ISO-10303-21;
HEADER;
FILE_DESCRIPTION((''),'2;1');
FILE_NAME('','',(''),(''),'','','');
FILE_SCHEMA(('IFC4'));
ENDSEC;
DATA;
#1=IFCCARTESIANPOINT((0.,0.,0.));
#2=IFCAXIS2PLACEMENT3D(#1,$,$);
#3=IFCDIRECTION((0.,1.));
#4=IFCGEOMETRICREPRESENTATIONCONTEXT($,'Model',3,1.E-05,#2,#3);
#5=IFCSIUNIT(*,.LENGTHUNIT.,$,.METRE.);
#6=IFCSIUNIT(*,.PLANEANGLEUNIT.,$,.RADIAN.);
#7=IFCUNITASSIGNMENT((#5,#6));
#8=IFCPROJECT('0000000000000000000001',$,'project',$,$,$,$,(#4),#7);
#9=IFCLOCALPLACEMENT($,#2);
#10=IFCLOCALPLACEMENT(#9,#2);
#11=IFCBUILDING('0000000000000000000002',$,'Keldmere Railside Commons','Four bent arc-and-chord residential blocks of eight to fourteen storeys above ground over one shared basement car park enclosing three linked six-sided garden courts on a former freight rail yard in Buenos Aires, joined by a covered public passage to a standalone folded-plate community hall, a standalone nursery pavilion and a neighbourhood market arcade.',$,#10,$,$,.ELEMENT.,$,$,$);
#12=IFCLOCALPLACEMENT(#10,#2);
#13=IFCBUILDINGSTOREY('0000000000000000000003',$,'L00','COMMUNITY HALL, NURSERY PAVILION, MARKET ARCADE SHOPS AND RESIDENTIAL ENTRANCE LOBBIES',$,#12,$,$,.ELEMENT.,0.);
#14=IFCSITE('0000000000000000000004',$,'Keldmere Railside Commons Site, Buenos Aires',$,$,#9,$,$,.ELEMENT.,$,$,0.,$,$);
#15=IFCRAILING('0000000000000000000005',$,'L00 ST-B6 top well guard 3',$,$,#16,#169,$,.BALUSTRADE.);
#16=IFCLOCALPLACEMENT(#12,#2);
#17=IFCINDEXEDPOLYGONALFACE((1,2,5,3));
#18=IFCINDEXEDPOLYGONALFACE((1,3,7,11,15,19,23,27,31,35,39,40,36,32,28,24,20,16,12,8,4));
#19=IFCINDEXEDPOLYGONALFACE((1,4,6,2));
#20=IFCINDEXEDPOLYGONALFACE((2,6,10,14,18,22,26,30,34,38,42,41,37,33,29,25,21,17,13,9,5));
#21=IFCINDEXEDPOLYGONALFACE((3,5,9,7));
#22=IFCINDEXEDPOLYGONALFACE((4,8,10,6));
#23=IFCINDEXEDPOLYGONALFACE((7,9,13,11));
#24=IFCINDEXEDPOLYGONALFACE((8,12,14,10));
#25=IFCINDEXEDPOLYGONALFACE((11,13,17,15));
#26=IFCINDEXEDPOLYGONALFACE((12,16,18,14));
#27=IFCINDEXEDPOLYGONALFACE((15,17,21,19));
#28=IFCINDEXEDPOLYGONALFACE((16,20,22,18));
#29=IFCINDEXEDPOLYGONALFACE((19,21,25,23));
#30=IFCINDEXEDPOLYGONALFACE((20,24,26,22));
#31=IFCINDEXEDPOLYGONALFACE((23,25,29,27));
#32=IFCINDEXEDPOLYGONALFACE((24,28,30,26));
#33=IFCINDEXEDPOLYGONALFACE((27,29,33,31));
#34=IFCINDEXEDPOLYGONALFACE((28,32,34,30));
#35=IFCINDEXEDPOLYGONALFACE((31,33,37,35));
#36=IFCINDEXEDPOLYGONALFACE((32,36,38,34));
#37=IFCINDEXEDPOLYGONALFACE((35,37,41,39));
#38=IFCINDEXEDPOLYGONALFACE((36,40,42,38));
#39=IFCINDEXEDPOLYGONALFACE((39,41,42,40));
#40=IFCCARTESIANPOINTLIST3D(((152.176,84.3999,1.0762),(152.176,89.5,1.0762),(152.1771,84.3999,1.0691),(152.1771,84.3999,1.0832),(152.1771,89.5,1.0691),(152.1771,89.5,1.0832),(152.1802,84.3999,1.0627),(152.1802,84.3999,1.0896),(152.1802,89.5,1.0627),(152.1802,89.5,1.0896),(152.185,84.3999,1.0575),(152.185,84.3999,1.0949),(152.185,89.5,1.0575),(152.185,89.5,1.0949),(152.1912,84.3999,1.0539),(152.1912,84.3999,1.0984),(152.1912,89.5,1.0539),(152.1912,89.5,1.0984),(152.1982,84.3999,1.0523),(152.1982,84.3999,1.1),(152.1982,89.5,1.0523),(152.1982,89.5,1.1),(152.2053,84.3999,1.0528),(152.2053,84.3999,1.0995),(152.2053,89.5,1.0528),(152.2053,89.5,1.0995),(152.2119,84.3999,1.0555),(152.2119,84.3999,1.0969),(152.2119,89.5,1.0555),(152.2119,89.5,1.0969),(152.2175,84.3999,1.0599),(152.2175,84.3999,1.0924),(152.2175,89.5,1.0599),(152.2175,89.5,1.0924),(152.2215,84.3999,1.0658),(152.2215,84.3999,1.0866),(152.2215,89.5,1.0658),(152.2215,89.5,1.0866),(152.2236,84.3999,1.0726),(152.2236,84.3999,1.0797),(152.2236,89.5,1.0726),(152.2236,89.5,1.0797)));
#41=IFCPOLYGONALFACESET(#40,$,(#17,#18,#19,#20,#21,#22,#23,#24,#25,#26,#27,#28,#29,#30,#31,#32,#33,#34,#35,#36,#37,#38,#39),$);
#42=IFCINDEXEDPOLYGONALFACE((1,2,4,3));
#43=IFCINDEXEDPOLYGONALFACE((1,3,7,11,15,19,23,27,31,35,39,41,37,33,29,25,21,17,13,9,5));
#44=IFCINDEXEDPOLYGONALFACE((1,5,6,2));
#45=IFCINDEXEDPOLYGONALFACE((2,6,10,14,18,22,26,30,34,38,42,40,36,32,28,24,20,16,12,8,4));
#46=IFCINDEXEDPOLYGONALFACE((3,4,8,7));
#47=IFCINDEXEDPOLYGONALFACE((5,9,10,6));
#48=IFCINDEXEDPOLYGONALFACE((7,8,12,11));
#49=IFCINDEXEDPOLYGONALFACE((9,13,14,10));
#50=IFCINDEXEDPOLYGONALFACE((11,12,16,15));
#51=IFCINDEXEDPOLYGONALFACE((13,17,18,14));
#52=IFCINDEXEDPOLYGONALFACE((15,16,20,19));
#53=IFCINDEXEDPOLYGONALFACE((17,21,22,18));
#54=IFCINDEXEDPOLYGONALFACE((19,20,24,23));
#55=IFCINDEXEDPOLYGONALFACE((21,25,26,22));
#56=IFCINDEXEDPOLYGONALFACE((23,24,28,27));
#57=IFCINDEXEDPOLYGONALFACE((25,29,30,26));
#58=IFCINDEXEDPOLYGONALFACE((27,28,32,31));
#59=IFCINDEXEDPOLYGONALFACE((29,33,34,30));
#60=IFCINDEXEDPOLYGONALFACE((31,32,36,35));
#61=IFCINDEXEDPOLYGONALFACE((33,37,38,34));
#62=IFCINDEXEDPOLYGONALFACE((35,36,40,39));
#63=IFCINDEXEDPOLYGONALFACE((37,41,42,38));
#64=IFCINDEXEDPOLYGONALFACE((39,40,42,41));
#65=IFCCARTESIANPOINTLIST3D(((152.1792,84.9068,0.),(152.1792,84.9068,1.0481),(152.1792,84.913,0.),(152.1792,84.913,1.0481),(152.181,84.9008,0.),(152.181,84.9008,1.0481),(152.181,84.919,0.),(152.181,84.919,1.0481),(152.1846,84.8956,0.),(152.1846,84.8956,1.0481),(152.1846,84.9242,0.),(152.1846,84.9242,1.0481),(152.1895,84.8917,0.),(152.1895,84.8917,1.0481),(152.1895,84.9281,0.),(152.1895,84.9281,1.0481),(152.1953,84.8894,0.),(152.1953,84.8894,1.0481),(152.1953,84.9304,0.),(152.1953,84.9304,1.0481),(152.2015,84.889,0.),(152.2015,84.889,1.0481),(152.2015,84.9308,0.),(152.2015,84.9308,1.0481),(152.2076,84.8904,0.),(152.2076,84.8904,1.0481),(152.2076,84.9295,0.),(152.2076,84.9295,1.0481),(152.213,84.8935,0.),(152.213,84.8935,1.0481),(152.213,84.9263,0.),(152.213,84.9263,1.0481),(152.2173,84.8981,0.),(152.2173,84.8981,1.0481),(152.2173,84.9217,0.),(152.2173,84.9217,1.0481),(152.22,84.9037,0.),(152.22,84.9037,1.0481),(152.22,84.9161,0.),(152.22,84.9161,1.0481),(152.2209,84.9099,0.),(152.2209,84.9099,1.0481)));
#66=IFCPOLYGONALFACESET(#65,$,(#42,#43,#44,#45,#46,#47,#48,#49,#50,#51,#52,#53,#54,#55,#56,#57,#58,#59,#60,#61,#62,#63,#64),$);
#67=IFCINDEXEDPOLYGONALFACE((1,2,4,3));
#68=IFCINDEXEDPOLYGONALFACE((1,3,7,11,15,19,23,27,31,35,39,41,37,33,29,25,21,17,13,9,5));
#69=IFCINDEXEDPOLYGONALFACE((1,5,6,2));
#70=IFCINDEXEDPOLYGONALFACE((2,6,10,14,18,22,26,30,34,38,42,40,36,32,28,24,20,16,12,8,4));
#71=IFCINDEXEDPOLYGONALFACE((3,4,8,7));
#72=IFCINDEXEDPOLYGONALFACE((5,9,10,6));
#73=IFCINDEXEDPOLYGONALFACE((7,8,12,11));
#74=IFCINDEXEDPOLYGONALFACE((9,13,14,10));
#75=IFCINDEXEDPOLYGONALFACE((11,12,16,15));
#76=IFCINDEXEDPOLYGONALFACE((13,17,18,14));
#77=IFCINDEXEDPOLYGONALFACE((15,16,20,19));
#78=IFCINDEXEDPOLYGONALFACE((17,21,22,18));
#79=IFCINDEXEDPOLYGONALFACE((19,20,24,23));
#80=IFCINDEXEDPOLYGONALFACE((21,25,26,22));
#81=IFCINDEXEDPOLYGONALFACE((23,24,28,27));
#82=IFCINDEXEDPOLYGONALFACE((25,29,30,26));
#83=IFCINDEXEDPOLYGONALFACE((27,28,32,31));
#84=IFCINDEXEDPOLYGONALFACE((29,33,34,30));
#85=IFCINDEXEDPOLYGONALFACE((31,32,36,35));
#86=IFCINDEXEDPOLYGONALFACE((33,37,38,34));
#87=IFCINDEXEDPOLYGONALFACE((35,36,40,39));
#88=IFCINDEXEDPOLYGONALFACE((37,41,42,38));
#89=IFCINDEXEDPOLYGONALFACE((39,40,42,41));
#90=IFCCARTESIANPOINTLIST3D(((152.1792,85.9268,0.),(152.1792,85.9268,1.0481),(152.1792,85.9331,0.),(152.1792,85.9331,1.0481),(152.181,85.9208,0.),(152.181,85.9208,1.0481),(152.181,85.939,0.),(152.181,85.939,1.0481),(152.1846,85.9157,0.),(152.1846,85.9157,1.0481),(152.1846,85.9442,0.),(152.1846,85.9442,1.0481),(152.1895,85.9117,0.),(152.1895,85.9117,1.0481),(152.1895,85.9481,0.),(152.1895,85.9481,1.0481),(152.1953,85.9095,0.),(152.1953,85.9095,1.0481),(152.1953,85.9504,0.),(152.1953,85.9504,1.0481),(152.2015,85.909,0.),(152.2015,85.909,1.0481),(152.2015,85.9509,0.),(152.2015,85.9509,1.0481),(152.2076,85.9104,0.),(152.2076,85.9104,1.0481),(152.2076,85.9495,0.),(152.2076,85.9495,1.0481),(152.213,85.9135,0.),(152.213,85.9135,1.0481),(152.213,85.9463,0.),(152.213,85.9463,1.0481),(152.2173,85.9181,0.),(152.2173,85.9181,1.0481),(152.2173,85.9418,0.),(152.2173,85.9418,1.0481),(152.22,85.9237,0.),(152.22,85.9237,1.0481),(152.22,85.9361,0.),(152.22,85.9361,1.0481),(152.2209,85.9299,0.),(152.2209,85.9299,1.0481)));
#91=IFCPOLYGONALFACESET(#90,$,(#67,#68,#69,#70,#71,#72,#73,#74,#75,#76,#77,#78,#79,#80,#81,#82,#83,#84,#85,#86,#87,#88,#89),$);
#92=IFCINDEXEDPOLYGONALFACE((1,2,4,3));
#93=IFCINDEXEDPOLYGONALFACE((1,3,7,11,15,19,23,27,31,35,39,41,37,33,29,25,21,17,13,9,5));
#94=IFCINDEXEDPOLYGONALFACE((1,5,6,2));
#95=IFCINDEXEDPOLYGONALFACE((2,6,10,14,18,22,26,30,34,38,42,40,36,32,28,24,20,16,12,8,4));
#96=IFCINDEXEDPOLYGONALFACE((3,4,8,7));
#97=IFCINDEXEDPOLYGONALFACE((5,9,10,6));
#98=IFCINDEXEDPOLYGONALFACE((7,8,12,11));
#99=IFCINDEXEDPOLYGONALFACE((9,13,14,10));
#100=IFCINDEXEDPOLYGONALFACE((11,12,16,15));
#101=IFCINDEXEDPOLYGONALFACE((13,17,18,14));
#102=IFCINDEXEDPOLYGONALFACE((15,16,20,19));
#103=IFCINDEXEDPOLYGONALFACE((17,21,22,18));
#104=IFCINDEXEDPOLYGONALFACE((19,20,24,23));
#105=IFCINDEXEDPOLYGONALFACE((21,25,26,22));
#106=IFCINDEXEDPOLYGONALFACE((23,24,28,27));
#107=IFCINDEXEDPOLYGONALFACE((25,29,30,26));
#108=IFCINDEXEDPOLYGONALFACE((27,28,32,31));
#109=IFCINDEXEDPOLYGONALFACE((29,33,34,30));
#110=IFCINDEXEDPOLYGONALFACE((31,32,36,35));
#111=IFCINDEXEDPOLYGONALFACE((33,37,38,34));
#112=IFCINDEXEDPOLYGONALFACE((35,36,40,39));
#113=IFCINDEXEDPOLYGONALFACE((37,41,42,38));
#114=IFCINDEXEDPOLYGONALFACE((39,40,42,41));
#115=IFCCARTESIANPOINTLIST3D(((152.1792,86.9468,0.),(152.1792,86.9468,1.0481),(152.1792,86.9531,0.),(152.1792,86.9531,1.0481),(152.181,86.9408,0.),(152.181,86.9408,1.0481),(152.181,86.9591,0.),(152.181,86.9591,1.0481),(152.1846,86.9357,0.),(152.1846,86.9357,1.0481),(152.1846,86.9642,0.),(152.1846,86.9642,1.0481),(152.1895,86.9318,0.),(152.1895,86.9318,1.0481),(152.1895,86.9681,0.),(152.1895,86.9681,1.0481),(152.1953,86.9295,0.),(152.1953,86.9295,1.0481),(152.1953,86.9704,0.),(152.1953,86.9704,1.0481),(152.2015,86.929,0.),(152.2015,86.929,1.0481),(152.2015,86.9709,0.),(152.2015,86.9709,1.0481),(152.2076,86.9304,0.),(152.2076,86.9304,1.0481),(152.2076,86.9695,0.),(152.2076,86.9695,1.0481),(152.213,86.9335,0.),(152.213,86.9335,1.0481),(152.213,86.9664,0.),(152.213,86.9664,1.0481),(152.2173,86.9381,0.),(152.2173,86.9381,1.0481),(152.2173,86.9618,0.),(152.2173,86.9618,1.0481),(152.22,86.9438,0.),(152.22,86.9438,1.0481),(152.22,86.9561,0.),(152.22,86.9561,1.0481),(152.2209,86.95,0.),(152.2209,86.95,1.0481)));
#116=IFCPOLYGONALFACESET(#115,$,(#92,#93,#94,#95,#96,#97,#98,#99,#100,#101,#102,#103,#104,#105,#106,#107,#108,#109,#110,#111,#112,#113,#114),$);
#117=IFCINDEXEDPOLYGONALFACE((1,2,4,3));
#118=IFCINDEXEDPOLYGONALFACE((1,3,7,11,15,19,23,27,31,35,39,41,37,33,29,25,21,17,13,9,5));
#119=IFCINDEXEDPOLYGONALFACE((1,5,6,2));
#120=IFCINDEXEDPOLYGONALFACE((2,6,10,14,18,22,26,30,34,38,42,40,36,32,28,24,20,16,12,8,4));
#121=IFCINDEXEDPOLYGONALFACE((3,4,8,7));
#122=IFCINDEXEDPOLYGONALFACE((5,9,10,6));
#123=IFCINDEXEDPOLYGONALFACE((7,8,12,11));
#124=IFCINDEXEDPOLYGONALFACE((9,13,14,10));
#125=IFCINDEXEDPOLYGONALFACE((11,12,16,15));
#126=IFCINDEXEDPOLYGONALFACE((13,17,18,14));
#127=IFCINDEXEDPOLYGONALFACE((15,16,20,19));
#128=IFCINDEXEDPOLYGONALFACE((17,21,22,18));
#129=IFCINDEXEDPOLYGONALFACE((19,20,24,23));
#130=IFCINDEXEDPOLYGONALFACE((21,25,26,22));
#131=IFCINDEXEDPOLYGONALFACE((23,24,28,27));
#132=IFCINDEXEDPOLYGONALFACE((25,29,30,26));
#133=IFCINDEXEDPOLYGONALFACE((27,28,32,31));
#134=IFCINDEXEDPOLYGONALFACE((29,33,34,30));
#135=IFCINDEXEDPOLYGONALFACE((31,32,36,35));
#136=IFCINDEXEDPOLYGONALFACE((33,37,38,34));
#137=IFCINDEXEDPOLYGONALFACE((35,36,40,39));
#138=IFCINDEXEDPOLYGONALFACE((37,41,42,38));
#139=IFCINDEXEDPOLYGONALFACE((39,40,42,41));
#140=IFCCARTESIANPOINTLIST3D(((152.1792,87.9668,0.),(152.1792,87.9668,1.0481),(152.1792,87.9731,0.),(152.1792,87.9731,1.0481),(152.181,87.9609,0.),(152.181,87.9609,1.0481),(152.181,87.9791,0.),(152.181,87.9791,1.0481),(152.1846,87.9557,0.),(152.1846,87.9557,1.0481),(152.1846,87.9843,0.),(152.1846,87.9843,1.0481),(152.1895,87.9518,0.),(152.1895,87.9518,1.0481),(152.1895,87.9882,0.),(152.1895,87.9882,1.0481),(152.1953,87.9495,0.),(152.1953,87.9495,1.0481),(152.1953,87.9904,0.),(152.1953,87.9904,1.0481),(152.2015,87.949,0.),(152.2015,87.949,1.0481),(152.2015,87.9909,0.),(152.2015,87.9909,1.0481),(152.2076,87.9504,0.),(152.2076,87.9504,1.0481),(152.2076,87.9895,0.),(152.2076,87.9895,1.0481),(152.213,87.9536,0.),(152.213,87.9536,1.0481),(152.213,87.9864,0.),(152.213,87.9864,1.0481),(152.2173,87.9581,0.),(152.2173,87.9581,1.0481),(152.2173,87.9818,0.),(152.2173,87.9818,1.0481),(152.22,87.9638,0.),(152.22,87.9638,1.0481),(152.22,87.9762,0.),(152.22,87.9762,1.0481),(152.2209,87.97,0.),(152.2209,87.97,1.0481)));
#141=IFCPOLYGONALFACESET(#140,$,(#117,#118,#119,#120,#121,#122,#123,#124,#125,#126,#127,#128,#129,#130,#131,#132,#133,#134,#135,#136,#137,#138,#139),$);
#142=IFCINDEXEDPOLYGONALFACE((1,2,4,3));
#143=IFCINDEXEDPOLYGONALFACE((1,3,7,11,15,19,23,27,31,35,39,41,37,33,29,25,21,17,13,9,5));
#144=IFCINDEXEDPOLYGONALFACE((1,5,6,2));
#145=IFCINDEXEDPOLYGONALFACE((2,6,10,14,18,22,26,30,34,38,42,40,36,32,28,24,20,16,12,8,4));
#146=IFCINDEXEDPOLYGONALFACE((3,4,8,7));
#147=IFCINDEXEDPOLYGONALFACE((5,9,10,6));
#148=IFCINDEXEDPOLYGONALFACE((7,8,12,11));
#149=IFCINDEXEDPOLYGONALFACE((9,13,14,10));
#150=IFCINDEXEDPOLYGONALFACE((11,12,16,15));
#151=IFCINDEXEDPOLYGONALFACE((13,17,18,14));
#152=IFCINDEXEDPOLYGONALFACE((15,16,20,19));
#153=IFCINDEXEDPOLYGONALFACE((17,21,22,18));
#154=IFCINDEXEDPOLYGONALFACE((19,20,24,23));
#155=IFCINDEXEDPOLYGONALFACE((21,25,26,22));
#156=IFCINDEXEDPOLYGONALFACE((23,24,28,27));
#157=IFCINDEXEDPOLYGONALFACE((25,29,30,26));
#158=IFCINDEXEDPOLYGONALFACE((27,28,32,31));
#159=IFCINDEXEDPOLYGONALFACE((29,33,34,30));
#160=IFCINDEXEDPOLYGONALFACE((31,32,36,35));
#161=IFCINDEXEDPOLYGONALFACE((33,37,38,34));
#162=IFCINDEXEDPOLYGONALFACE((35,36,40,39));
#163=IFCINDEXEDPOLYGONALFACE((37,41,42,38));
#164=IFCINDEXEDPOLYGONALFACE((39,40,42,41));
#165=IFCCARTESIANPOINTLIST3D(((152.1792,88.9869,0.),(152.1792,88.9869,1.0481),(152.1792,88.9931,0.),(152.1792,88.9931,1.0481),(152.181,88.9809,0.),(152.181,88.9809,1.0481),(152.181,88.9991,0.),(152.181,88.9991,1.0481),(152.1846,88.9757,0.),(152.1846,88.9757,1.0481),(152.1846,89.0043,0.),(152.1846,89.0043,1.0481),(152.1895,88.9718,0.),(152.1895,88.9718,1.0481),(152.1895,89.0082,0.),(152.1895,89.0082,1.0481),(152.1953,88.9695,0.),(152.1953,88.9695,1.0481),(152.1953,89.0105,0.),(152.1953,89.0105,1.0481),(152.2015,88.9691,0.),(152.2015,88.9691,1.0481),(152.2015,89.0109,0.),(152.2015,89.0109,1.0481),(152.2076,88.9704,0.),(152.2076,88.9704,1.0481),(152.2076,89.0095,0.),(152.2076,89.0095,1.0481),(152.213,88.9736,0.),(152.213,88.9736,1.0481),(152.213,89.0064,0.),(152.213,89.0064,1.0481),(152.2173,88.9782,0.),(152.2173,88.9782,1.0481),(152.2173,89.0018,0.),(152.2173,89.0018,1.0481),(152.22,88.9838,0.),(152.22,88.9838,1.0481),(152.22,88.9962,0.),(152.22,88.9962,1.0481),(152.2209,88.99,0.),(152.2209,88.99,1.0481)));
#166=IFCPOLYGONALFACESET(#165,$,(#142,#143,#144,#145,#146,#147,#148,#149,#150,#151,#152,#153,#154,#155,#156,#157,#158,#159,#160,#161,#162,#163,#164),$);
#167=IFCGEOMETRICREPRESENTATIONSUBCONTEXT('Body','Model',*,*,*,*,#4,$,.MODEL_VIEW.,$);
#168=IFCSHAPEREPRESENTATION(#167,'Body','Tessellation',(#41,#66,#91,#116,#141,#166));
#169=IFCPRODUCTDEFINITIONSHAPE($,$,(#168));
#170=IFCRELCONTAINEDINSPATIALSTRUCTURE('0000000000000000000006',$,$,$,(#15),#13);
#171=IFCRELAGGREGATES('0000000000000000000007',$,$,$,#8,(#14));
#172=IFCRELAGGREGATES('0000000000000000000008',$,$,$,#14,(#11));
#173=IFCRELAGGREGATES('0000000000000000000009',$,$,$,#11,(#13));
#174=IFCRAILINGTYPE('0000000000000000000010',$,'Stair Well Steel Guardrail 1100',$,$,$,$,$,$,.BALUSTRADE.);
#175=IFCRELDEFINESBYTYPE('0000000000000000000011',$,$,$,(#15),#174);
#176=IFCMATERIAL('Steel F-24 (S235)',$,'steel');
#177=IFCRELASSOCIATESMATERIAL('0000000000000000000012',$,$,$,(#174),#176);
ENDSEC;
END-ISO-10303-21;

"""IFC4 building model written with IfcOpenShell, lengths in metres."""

from ifc_helpers import new_model, si_unit, direction, frame, origin, origin_2d, place, context, subcontext, project, spatial, circle, extrude, material, type_object, element, save


model = new_model("IFC4")

# Units and contexts
model_context = context("Model", 3, precision=1e-05, world=origin(), true_north=direction((0.0, 1.0)))
body_context = subcontext(model_context, "Body", "Model", "MODEL_VIEW")
ifc_project = project(units=[si_unit("LENGTHUNIT", "METRE"), si_unit("PLANEANGLEUNIT", "RADIAN")], contexts=[model_context])

# Site, building, storey
site_placement = place(None, origin())
site = spatial("IfcSite", under=ifc_project, at=site_placement, Name="Keldmere Railside Commons Site, Buenos Aires", CompositionType="ELEMENT", RefElevation=0.0)
building_placement = place(site_placement, origin())
building = spatial("IfcBuilding", under=site, at=building_placement, Name="Keldmere Railside Commons", Description="Four bent arc-and-chord residential blocks of eight to fourteen storeys above ground over one shared basement car park enclosing three linked six-sided garden courts on a former freight rail yard in Buenos Aires, joined by a covered public passage to a standalone folded-plate community hall, a standalone nursery pavilion and a neighbourhood market arcade.", CompositionType="ELEMENT")
storey_placement = place(building_placement, origin())
storey = spatial("IfcBuildingStorey", under=building, at=storey_placement, Name="L00", Description="COMMUNITY HALL, NURSERY PAVILION, MARKET ARCADE SHOPS AND RESIDENTIAL ENTRANCE LOBBIES", CompositionType="ELEMENT", Elevation=0.0)

# Shared definitions
ifc_material_1 = material(Name="Steel F-24 (S235)", Category="steel")

# Railing
railing_type = type_object("IfcRailingType", Name="Stair Well Steel Guardrail 1100", PredefinedType="BALUSTRADE", material=ifc_material_1)
railing_1_placement = place(storey_placement, frame((152.2, 84.3999, 0.0)))
element("IfcRailing", 1, at=railing_1_placement, inside=storey, type_object=railing_type, Name="L00 ST-B6 top well guard 3", PredefinedType="BALUSTRADE", context=body_context, shape_type="SweptSolid", body=[
    extrude(circle(Radius=0.0239, at=origin_2d()), frame((0.0, 0.0, 1.0762), z_axis=(0.0, 1.0, 0.0), x_axis=(-1.0, 0.0, 0.0)), (0.0, 0.0, 1.0), 5.1001),
    extrude(circle(Radius=0.021, at=origin_2d()), frame((0.0, 0.51, 0.0)), (0.0, 0.0, 1.0), 1.0481),
    extrude(circle(Radius=0.021, at=origin_2d()), frame((0.0, 1.53, 0.0)), (0.0, 0.0, 1.0), 1.0481),
    extrude(circle(Radius=0.021, at=origin_2d()), frame((0.0, 2.55, 0.0)), (0.0, 0.0, 1.0), 1.0481),
    extrude(circle(Radius=0.021, at=origin_2d()), frame((0.0, 3.5701, 0.0)), (0.0, 0.0, 1.0), 1.0481),
    extrude(circle(Radius=0.021, at=origin_2d()), frame((0.0, 4.5901, 0.0)), (0.0, 0.0, 1.0), 1.0481),
])

save(model, "model.ifc")
